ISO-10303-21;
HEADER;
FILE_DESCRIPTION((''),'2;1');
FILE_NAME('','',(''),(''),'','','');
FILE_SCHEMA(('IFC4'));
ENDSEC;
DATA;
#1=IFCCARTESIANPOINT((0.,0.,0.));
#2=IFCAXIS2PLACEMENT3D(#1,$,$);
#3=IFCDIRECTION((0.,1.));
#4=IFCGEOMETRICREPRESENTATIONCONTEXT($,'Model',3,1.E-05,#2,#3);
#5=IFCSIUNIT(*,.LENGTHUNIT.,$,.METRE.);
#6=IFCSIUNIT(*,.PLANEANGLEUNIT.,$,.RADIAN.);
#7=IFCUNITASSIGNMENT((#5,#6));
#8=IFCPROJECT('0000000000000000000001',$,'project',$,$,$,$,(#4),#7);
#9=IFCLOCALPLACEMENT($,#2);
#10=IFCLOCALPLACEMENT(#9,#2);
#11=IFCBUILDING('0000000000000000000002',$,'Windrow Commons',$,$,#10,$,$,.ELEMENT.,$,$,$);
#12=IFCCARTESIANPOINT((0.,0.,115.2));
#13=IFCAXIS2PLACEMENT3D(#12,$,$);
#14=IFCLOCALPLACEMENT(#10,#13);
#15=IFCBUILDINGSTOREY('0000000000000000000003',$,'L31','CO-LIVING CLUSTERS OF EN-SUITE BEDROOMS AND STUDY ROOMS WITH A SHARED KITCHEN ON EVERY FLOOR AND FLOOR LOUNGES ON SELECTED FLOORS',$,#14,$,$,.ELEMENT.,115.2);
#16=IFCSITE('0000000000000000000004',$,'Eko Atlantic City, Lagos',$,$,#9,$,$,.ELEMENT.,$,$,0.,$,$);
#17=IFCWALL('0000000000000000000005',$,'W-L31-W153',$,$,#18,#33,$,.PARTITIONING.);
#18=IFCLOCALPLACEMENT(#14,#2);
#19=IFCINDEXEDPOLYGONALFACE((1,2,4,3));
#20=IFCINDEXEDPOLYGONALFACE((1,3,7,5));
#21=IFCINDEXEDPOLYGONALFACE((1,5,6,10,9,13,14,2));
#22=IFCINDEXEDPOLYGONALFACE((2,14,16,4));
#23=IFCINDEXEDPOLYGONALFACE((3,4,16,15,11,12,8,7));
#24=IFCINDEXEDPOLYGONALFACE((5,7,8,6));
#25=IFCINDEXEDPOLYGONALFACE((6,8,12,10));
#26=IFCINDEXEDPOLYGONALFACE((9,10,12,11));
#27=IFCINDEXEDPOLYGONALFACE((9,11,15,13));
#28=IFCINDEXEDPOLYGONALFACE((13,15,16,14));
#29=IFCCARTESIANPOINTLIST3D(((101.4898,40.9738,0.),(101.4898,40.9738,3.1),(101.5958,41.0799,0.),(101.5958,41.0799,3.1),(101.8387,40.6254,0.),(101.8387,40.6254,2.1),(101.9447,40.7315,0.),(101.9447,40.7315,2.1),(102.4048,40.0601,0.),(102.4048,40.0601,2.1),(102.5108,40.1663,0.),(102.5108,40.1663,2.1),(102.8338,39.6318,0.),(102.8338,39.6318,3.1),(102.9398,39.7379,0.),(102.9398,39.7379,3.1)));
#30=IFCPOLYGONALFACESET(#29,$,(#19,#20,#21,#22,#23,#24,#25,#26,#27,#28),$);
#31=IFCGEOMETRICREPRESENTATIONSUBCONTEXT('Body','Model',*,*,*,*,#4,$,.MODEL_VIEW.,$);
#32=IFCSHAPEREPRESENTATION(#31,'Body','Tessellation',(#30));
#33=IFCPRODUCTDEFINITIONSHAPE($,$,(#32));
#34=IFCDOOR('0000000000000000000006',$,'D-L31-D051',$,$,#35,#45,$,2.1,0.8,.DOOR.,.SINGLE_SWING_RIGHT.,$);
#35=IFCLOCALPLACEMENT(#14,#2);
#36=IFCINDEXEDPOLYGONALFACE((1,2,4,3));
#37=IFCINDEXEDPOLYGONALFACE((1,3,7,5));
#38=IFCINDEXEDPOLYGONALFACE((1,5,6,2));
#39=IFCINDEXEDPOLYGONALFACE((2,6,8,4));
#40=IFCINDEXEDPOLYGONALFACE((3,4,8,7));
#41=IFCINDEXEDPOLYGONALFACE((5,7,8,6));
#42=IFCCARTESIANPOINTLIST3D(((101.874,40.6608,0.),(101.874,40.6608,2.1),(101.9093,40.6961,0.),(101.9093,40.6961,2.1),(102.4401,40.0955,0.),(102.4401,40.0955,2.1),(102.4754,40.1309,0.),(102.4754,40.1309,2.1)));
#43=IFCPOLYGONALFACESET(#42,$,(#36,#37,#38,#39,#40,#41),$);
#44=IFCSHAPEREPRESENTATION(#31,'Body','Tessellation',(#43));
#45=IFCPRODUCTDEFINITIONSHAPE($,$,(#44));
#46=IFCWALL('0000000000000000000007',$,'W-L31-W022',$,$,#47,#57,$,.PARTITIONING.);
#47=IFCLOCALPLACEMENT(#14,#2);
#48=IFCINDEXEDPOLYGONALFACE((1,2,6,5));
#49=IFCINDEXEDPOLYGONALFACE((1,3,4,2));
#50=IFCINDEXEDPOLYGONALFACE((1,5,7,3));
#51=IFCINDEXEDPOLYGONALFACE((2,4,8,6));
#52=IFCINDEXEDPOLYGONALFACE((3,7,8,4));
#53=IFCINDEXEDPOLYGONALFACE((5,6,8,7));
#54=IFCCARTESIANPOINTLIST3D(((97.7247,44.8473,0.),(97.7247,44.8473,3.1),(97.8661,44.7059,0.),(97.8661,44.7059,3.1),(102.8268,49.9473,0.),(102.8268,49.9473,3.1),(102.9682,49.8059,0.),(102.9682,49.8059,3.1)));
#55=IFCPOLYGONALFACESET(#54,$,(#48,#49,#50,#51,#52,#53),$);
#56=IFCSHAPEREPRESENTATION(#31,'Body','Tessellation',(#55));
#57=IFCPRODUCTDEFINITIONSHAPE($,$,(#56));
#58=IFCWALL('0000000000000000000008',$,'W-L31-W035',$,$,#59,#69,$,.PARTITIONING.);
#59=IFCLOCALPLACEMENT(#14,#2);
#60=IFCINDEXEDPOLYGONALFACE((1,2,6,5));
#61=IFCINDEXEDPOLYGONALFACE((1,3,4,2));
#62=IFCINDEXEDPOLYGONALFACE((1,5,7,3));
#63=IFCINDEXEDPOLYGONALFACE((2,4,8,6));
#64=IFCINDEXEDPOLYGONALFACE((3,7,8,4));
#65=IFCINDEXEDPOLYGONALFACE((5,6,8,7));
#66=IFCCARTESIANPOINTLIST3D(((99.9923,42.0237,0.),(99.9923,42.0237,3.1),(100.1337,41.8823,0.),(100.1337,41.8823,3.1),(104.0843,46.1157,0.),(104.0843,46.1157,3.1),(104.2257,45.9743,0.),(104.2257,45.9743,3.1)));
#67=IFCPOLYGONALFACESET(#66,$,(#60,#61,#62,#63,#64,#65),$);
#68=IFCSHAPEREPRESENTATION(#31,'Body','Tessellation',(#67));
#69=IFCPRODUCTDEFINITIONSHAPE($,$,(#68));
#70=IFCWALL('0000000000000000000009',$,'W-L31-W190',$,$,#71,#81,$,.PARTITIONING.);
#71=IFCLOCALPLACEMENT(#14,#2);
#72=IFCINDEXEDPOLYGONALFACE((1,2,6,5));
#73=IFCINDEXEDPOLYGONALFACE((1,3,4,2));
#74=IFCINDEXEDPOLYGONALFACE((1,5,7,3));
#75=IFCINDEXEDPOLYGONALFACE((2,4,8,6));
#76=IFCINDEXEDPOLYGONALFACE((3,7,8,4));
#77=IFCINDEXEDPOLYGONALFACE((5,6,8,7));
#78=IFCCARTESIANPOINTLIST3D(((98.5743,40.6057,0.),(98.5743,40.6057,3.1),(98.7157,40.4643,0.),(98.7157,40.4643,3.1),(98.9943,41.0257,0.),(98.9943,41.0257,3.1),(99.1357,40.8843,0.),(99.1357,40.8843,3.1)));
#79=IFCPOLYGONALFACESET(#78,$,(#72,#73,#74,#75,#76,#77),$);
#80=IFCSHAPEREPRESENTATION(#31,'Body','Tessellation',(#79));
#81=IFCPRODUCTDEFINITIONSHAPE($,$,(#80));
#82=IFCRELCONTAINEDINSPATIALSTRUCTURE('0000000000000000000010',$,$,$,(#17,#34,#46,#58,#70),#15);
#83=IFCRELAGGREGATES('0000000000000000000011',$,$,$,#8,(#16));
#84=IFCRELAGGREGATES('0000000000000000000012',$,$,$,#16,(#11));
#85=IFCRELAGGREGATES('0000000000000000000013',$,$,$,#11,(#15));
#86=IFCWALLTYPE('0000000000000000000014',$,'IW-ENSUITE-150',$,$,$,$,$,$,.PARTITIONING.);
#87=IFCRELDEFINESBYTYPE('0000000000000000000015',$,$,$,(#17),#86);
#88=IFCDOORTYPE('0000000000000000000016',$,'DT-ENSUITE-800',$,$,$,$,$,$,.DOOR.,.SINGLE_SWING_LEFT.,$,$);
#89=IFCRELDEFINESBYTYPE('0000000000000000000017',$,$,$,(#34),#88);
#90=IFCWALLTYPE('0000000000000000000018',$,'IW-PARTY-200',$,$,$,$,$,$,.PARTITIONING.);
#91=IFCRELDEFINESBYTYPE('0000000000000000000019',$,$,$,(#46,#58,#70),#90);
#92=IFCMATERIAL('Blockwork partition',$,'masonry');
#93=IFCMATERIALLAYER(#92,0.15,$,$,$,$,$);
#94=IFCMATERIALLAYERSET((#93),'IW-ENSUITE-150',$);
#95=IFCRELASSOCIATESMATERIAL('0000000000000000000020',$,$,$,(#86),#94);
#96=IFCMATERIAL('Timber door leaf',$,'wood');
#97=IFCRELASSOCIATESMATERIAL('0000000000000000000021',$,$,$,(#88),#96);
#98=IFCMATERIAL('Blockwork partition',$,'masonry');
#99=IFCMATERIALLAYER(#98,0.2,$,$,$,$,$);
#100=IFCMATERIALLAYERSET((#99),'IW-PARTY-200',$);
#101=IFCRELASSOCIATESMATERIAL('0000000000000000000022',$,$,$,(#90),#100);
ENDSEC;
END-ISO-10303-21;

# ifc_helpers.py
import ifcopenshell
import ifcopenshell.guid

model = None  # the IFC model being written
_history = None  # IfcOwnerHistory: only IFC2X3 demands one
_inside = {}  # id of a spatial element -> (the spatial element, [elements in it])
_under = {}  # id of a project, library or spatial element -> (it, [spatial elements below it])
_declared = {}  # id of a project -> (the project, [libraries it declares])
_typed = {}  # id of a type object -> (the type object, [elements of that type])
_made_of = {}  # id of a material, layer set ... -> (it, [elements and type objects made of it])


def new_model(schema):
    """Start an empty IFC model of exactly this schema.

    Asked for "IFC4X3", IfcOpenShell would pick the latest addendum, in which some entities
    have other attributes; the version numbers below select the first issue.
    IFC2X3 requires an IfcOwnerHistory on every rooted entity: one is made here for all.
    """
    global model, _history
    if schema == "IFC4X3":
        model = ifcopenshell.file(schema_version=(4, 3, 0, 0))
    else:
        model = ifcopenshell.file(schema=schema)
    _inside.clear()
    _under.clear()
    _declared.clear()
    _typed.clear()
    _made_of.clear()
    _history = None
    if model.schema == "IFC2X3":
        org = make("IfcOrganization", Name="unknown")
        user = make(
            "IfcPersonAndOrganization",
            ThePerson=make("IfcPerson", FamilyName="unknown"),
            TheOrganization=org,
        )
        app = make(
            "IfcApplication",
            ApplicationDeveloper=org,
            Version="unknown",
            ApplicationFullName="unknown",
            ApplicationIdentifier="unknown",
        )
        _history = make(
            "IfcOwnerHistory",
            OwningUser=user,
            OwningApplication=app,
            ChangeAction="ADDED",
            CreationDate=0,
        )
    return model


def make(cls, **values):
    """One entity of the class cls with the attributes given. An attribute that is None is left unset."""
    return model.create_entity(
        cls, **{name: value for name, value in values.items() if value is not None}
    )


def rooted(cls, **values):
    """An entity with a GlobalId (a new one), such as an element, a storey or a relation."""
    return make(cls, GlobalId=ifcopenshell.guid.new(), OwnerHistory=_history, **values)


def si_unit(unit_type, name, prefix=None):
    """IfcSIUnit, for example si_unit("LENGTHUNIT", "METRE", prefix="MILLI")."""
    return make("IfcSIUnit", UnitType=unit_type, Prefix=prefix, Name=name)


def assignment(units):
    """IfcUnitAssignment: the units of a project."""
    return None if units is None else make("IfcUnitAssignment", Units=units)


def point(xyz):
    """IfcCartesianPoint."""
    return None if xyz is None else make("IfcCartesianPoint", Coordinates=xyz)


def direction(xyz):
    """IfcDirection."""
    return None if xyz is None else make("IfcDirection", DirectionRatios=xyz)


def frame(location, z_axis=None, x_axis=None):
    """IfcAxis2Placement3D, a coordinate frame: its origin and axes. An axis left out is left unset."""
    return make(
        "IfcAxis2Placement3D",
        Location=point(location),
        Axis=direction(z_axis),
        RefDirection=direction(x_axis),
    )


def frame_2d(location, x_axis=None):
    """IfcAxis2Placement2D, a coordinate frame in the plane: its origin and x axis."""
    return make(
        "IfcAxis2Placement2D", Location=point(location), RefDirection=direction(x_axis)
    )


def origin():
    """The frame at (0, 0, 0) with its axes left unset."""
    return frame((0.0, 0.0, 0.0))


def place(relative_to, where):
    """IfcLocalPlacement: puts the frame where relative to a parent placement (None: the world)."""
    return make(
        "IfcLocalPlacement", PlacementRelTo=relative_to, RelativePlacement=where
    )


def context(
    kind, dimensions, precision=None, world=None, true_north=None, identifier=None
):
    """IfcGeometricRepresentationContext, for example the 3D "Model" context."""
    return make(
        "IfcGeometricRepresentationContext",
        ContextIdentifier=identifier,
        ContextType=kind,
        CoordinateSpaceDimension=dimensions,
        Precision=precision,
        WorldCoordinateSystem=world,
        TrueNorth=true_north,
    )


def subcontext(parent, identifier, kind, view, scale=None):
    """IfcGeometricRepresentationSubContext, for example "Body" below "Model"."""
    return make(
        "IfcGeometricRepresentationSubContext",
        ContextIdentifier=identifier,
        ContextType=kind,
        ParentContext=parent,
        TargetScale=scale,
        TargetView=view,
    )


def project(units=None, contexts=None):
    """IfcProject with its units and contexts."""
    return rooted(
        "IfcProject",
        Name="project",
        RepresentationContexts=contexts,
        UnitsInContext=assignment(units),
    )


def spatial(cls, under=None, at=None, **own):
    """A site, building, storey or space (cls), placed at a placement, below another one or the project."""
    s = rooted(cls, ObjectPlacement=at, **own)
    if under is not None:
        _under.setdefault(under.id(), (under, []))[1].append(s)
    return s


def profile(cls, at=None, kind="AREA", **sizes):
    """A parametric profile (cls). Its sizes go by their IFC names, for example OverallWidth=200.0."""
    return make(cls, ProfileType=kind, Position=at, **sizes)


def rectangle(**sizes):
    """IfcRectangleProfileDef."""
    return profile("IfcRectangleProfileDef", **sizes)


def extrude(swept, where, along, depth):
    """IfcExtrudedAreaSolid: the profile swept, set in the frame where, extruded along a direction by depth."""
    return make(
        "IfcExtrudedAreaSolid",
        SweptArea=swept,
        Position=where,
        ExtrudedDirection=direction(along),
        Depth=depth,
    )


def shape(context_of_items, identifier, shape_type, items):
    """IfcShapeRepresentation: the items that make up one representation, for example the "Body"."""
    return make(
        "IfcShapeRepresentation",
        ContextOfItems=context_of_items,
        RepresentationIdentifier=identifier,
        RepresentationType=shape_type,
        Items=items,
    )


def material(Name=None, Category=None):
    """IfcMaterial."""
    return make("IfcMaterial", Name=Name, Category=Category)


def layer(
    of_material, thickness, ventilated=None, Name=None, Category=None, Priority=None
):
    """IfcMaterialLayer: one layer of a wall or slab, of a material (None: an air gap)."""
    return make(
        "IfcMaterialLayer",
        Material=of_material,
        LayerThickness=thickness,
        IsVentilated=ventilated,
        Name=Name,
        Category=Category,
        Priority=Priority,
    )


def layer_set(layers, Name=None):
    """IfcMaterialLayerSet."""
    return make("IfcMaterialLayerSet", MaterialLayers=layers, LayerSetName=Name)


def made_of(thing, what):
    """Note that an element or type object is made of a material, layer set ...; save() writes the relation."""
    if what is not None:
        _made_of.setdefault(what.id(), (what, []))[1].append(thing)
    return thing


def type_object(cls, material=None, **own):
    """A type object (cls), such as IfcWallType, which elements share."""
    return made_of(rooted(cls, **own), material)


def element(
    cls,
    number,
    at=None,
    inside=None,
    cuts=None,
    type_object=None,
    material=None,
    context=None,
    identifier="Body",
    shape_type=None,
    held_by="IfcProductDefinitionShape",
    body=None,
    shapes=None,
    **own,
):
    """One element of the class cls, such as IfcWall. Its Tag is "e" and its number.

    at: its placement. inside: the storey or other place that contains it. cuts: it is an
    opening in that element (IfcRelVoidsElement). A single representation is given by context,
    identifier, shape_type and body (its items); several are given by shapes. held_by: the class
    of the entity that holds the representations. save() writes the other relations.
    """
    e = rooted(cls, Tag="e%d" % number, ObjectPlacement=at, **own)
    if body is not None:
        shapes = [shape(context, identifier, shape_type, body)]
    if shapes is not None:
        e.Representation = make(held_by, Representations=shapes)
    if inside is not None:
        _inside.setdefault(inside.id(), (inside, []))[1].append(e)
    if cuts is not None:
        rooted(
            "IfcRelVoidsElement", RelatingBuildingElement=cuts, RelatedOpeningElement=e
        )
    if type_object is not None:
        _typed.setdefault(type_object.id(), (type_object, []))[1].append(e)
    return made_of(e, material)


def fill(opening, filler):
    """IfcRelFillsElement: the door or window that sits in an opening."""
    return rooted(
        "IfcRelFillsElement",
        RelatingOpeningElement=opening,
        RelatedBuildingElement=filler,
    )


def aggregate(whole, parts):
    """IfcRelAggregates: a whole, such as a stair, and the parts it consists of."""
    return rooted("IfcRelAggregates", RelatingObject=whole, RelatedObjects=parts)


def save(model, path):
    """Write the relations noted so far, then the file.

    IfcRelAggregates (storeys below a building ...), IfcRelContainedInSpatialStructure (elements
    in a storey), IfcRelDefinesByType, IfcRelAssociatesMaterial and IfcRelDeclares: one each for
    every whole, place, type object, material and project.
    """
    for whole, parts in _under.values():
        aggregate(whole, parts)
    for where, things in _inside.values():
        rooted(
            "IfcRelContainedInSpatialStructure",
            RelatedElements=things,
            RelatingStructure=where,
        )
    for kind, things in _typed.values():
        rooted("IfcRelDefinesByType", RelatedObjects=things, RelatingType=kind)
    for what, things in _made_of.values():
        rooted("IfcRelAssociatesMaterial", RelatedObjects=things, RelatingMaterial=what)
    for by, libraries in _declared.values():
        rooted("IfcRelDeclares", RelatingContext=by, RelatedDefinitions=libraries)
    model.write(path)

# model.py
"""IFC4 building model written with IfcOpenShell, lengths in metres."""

from ifc_helpers import new_model, si_unit, direction, frame, frame_2d, origin, place, context, subcontext, project, spatial, rectangle, extrude, material, layer, layer_set, type_object, element, fill, save


model = new_model("IFC4")

# Units and contexts
model_context = context("Model", 3, precision=1e-05, world=origin(), true_north=direction((0.0, 1.0)))
body_context = subcontext(model_context, "Body", "Model", "MODEL_VIEW")
ifc_project = project(units=[si_unit("LENGTHUNIT", "METRE"), si_unit("PLANEANGLEUNIT", "RADIAN")], contexts=[model_context])

# Site, building, storey
site_placement = place(None, origin())
site = spatial("IfcSite", under=ifc_project, at=site_placement, Name="Eko Atlantic City, Lagos", CompositionType="ELEMENT", RefElevation=0.0)
building_placement = place(site_placement, origin())
building = spatial("IfcBuilding", under=site, at=building_placement, Name="Windrow Commons", CompositionType="ELEMENT")
storey_placement = place(building_placement, frame((0.0, 0.0, 115.2)))
storey = spatial("IfcBuildingStorey", under=building, at=storey_placement, Name="L31", Description="CO-LIVING CLUSTERS OF EN-SUITE BEDROOMS AND STUDY ROOMS WITH A SHARED KITCHEN ON EVERY FLOOR AND FLOOR LOUNGES ON SELECTED FLOORS", CompositionType="ELEMENT", Elevation=115.2)

# Shared definitions
ifc_material_1 = material(Name="Blockwork partition", Category="masonry")
ifc_layer_1 = layer(ifc_material_1, 0.15)
ifc_layer_set_1 = layer_set([ifc_layer_1], Name="IW-ENSUITE-150")
wall_type_1 = type_object("IfcWallType", Name="IW-ENSUITE-150", PredefinedType="PARTITIONING", material=ifc_layer_set_1)

# Wall, opening, door
ifc_material_2 = material(Name="Timber door leaf", Category="wood")
door_type_1 = type_object("IfcDoorType", Name="DT-ENSUITE-800", OperationType="SINGLE_SWING_LEFT", PredefinedType="DOOR", material=ifc_material_2)
wall_1_placement = place(storey_placement, frame((101.5428, 41.0268, 0.0), z_axis=(0.0, 0.0, 1.0), x_axis=(0.707633, -0.70658, 0.0)))
wall_1 = element("IfcWall", 1, at=wall_1_placement, inside=storey, type_object=wall_type_1, Name="W-L31-W153", PredefinedType="PARTITIONING", context=body_context, shape_type="SweptSolid", body=[
    extrude(rectangle(XDim=1.8993, YDim=0.15, at=frame_2d((0.9496, 0.0))), origin(), (0.0, 0.0, 1.0), 3.1),
])
opening_1_placement = place(wall_1_placement, frame((0.493, 0.0, 0.0)))
opening_1 = element("IfcOpeningElement", 2, at=opening_1_placement, cuts=wall_1, PredefinedType="OPENING", context=body_context, shape_type="SweptSolid", body=[
    extrude(rectangle(XDim=0.8, YDim=2.1, at=frame_2d((0.4, 1.05))), frame((0.0, 0.085, 0.0), z_axis=(0.0, -1.0, 0.0), x_axis=(1.0, 0.0, 0.0)), (0.0, 0.0, 1.0), 0.17),
])
door_1_placement = place(opening_1_placement, origin())
door_1 = element("IfcDoor", 3, at=door_1_placement, inside=storey, type_object=door_type_1, Name="D-L31-D051", OperationType="SINGLE_SWING_RIGHT", OverallHeight=2.1, OverallWidth=0.8, PredefinedType="DOOR", context=body_context, shape_type="SweptSolid", body=[
    extrude(rectangle(XDim=0.8, YDim=2.1, at=frame_2d((0.4, 1.05))), frame((0.0, 0.025, 0.0), z_axis=(0.0, -1.0, 0.0), x_axis=(1.0, 0.0, 0.0)), (0.0, 0.0, 1.0), 0.05),
])
fill(opening_1, door_1)

# Walls
ifc_material_3 = material(Name="Blockwork partition", Category="masonry")
ifc_layer_2 = layer(ifc_material_3, 0.2)
ifc_layer_set_2 = layer_set([ifc_layer_2], Name="IW-PARTY-200")
wall_type_2 = type_object("IfcWallType", Name="IW-PARTY-200", PredefinedType="PARTITIONING", material=ifc_layer_set_2)
wall_2_placement = place(storey_placement, frame((97.7954, 44.7766, 0.0), z_axis=(0.0, 0.0, 1.0), x_axis=(0.707252, 0.706961, 0.0)))
element("IfcWall", 4, at=wall_2_placement, inside=storey, type_object=wall_type_2, Name="W-L31-W022", PredefinedType="PARTITIONING", context=body_context, shape_type="SweptSolid", body=[
    extrude(rectangle(XDim=7.214, YDim=0.2, at=frame_2d((3.607, 0.0))), origin(), (0.0, 0.0, 1.0), 3.1),
])
wall_3_placement = place(storey_placement, frame((100.063, 41.953, 0.0), z_axis=(0.0, 0.0, 1.0), x_axis=(0.707107, 0.707107, 0.0)))
element("IfcWall", 5, at=wall_3_placement, inside=storey, type_object=wall_type_2, Name="W-L31-W035", PredefinedType="PARTITIONING", context=body_context, shape_type="SweptSolid", body=[
    extrude(rectangle(XDim=5.787, YDim=0.2, at=frame_2d((2.8935, 0.0))), origin(), (0.0, 0.0, 1.0), 3.1),
])
wall_4_placement = place(storey_placement, frame((98.645, 40.535, 0.0), z_axis=(0.0, 0.0, 1.0), x_axis=(0.707107, 0.707107, 0.0)))
element("IfcWall", 6, at=wall_4_placement, inside=storey, type_object=wall_type_2, Name="W-L31-W190", PredefinedType="PARTITIONING", context=body_context, shape_type="SweptSolid", body=[
    extrude(rectangle(XDim=0.594, YDim=0.2, at=frame_2d((0.297, 0.0))), origin(), (0.0, 0.0, 1.0), 3.1),
])

save(model, "model.ifc")
